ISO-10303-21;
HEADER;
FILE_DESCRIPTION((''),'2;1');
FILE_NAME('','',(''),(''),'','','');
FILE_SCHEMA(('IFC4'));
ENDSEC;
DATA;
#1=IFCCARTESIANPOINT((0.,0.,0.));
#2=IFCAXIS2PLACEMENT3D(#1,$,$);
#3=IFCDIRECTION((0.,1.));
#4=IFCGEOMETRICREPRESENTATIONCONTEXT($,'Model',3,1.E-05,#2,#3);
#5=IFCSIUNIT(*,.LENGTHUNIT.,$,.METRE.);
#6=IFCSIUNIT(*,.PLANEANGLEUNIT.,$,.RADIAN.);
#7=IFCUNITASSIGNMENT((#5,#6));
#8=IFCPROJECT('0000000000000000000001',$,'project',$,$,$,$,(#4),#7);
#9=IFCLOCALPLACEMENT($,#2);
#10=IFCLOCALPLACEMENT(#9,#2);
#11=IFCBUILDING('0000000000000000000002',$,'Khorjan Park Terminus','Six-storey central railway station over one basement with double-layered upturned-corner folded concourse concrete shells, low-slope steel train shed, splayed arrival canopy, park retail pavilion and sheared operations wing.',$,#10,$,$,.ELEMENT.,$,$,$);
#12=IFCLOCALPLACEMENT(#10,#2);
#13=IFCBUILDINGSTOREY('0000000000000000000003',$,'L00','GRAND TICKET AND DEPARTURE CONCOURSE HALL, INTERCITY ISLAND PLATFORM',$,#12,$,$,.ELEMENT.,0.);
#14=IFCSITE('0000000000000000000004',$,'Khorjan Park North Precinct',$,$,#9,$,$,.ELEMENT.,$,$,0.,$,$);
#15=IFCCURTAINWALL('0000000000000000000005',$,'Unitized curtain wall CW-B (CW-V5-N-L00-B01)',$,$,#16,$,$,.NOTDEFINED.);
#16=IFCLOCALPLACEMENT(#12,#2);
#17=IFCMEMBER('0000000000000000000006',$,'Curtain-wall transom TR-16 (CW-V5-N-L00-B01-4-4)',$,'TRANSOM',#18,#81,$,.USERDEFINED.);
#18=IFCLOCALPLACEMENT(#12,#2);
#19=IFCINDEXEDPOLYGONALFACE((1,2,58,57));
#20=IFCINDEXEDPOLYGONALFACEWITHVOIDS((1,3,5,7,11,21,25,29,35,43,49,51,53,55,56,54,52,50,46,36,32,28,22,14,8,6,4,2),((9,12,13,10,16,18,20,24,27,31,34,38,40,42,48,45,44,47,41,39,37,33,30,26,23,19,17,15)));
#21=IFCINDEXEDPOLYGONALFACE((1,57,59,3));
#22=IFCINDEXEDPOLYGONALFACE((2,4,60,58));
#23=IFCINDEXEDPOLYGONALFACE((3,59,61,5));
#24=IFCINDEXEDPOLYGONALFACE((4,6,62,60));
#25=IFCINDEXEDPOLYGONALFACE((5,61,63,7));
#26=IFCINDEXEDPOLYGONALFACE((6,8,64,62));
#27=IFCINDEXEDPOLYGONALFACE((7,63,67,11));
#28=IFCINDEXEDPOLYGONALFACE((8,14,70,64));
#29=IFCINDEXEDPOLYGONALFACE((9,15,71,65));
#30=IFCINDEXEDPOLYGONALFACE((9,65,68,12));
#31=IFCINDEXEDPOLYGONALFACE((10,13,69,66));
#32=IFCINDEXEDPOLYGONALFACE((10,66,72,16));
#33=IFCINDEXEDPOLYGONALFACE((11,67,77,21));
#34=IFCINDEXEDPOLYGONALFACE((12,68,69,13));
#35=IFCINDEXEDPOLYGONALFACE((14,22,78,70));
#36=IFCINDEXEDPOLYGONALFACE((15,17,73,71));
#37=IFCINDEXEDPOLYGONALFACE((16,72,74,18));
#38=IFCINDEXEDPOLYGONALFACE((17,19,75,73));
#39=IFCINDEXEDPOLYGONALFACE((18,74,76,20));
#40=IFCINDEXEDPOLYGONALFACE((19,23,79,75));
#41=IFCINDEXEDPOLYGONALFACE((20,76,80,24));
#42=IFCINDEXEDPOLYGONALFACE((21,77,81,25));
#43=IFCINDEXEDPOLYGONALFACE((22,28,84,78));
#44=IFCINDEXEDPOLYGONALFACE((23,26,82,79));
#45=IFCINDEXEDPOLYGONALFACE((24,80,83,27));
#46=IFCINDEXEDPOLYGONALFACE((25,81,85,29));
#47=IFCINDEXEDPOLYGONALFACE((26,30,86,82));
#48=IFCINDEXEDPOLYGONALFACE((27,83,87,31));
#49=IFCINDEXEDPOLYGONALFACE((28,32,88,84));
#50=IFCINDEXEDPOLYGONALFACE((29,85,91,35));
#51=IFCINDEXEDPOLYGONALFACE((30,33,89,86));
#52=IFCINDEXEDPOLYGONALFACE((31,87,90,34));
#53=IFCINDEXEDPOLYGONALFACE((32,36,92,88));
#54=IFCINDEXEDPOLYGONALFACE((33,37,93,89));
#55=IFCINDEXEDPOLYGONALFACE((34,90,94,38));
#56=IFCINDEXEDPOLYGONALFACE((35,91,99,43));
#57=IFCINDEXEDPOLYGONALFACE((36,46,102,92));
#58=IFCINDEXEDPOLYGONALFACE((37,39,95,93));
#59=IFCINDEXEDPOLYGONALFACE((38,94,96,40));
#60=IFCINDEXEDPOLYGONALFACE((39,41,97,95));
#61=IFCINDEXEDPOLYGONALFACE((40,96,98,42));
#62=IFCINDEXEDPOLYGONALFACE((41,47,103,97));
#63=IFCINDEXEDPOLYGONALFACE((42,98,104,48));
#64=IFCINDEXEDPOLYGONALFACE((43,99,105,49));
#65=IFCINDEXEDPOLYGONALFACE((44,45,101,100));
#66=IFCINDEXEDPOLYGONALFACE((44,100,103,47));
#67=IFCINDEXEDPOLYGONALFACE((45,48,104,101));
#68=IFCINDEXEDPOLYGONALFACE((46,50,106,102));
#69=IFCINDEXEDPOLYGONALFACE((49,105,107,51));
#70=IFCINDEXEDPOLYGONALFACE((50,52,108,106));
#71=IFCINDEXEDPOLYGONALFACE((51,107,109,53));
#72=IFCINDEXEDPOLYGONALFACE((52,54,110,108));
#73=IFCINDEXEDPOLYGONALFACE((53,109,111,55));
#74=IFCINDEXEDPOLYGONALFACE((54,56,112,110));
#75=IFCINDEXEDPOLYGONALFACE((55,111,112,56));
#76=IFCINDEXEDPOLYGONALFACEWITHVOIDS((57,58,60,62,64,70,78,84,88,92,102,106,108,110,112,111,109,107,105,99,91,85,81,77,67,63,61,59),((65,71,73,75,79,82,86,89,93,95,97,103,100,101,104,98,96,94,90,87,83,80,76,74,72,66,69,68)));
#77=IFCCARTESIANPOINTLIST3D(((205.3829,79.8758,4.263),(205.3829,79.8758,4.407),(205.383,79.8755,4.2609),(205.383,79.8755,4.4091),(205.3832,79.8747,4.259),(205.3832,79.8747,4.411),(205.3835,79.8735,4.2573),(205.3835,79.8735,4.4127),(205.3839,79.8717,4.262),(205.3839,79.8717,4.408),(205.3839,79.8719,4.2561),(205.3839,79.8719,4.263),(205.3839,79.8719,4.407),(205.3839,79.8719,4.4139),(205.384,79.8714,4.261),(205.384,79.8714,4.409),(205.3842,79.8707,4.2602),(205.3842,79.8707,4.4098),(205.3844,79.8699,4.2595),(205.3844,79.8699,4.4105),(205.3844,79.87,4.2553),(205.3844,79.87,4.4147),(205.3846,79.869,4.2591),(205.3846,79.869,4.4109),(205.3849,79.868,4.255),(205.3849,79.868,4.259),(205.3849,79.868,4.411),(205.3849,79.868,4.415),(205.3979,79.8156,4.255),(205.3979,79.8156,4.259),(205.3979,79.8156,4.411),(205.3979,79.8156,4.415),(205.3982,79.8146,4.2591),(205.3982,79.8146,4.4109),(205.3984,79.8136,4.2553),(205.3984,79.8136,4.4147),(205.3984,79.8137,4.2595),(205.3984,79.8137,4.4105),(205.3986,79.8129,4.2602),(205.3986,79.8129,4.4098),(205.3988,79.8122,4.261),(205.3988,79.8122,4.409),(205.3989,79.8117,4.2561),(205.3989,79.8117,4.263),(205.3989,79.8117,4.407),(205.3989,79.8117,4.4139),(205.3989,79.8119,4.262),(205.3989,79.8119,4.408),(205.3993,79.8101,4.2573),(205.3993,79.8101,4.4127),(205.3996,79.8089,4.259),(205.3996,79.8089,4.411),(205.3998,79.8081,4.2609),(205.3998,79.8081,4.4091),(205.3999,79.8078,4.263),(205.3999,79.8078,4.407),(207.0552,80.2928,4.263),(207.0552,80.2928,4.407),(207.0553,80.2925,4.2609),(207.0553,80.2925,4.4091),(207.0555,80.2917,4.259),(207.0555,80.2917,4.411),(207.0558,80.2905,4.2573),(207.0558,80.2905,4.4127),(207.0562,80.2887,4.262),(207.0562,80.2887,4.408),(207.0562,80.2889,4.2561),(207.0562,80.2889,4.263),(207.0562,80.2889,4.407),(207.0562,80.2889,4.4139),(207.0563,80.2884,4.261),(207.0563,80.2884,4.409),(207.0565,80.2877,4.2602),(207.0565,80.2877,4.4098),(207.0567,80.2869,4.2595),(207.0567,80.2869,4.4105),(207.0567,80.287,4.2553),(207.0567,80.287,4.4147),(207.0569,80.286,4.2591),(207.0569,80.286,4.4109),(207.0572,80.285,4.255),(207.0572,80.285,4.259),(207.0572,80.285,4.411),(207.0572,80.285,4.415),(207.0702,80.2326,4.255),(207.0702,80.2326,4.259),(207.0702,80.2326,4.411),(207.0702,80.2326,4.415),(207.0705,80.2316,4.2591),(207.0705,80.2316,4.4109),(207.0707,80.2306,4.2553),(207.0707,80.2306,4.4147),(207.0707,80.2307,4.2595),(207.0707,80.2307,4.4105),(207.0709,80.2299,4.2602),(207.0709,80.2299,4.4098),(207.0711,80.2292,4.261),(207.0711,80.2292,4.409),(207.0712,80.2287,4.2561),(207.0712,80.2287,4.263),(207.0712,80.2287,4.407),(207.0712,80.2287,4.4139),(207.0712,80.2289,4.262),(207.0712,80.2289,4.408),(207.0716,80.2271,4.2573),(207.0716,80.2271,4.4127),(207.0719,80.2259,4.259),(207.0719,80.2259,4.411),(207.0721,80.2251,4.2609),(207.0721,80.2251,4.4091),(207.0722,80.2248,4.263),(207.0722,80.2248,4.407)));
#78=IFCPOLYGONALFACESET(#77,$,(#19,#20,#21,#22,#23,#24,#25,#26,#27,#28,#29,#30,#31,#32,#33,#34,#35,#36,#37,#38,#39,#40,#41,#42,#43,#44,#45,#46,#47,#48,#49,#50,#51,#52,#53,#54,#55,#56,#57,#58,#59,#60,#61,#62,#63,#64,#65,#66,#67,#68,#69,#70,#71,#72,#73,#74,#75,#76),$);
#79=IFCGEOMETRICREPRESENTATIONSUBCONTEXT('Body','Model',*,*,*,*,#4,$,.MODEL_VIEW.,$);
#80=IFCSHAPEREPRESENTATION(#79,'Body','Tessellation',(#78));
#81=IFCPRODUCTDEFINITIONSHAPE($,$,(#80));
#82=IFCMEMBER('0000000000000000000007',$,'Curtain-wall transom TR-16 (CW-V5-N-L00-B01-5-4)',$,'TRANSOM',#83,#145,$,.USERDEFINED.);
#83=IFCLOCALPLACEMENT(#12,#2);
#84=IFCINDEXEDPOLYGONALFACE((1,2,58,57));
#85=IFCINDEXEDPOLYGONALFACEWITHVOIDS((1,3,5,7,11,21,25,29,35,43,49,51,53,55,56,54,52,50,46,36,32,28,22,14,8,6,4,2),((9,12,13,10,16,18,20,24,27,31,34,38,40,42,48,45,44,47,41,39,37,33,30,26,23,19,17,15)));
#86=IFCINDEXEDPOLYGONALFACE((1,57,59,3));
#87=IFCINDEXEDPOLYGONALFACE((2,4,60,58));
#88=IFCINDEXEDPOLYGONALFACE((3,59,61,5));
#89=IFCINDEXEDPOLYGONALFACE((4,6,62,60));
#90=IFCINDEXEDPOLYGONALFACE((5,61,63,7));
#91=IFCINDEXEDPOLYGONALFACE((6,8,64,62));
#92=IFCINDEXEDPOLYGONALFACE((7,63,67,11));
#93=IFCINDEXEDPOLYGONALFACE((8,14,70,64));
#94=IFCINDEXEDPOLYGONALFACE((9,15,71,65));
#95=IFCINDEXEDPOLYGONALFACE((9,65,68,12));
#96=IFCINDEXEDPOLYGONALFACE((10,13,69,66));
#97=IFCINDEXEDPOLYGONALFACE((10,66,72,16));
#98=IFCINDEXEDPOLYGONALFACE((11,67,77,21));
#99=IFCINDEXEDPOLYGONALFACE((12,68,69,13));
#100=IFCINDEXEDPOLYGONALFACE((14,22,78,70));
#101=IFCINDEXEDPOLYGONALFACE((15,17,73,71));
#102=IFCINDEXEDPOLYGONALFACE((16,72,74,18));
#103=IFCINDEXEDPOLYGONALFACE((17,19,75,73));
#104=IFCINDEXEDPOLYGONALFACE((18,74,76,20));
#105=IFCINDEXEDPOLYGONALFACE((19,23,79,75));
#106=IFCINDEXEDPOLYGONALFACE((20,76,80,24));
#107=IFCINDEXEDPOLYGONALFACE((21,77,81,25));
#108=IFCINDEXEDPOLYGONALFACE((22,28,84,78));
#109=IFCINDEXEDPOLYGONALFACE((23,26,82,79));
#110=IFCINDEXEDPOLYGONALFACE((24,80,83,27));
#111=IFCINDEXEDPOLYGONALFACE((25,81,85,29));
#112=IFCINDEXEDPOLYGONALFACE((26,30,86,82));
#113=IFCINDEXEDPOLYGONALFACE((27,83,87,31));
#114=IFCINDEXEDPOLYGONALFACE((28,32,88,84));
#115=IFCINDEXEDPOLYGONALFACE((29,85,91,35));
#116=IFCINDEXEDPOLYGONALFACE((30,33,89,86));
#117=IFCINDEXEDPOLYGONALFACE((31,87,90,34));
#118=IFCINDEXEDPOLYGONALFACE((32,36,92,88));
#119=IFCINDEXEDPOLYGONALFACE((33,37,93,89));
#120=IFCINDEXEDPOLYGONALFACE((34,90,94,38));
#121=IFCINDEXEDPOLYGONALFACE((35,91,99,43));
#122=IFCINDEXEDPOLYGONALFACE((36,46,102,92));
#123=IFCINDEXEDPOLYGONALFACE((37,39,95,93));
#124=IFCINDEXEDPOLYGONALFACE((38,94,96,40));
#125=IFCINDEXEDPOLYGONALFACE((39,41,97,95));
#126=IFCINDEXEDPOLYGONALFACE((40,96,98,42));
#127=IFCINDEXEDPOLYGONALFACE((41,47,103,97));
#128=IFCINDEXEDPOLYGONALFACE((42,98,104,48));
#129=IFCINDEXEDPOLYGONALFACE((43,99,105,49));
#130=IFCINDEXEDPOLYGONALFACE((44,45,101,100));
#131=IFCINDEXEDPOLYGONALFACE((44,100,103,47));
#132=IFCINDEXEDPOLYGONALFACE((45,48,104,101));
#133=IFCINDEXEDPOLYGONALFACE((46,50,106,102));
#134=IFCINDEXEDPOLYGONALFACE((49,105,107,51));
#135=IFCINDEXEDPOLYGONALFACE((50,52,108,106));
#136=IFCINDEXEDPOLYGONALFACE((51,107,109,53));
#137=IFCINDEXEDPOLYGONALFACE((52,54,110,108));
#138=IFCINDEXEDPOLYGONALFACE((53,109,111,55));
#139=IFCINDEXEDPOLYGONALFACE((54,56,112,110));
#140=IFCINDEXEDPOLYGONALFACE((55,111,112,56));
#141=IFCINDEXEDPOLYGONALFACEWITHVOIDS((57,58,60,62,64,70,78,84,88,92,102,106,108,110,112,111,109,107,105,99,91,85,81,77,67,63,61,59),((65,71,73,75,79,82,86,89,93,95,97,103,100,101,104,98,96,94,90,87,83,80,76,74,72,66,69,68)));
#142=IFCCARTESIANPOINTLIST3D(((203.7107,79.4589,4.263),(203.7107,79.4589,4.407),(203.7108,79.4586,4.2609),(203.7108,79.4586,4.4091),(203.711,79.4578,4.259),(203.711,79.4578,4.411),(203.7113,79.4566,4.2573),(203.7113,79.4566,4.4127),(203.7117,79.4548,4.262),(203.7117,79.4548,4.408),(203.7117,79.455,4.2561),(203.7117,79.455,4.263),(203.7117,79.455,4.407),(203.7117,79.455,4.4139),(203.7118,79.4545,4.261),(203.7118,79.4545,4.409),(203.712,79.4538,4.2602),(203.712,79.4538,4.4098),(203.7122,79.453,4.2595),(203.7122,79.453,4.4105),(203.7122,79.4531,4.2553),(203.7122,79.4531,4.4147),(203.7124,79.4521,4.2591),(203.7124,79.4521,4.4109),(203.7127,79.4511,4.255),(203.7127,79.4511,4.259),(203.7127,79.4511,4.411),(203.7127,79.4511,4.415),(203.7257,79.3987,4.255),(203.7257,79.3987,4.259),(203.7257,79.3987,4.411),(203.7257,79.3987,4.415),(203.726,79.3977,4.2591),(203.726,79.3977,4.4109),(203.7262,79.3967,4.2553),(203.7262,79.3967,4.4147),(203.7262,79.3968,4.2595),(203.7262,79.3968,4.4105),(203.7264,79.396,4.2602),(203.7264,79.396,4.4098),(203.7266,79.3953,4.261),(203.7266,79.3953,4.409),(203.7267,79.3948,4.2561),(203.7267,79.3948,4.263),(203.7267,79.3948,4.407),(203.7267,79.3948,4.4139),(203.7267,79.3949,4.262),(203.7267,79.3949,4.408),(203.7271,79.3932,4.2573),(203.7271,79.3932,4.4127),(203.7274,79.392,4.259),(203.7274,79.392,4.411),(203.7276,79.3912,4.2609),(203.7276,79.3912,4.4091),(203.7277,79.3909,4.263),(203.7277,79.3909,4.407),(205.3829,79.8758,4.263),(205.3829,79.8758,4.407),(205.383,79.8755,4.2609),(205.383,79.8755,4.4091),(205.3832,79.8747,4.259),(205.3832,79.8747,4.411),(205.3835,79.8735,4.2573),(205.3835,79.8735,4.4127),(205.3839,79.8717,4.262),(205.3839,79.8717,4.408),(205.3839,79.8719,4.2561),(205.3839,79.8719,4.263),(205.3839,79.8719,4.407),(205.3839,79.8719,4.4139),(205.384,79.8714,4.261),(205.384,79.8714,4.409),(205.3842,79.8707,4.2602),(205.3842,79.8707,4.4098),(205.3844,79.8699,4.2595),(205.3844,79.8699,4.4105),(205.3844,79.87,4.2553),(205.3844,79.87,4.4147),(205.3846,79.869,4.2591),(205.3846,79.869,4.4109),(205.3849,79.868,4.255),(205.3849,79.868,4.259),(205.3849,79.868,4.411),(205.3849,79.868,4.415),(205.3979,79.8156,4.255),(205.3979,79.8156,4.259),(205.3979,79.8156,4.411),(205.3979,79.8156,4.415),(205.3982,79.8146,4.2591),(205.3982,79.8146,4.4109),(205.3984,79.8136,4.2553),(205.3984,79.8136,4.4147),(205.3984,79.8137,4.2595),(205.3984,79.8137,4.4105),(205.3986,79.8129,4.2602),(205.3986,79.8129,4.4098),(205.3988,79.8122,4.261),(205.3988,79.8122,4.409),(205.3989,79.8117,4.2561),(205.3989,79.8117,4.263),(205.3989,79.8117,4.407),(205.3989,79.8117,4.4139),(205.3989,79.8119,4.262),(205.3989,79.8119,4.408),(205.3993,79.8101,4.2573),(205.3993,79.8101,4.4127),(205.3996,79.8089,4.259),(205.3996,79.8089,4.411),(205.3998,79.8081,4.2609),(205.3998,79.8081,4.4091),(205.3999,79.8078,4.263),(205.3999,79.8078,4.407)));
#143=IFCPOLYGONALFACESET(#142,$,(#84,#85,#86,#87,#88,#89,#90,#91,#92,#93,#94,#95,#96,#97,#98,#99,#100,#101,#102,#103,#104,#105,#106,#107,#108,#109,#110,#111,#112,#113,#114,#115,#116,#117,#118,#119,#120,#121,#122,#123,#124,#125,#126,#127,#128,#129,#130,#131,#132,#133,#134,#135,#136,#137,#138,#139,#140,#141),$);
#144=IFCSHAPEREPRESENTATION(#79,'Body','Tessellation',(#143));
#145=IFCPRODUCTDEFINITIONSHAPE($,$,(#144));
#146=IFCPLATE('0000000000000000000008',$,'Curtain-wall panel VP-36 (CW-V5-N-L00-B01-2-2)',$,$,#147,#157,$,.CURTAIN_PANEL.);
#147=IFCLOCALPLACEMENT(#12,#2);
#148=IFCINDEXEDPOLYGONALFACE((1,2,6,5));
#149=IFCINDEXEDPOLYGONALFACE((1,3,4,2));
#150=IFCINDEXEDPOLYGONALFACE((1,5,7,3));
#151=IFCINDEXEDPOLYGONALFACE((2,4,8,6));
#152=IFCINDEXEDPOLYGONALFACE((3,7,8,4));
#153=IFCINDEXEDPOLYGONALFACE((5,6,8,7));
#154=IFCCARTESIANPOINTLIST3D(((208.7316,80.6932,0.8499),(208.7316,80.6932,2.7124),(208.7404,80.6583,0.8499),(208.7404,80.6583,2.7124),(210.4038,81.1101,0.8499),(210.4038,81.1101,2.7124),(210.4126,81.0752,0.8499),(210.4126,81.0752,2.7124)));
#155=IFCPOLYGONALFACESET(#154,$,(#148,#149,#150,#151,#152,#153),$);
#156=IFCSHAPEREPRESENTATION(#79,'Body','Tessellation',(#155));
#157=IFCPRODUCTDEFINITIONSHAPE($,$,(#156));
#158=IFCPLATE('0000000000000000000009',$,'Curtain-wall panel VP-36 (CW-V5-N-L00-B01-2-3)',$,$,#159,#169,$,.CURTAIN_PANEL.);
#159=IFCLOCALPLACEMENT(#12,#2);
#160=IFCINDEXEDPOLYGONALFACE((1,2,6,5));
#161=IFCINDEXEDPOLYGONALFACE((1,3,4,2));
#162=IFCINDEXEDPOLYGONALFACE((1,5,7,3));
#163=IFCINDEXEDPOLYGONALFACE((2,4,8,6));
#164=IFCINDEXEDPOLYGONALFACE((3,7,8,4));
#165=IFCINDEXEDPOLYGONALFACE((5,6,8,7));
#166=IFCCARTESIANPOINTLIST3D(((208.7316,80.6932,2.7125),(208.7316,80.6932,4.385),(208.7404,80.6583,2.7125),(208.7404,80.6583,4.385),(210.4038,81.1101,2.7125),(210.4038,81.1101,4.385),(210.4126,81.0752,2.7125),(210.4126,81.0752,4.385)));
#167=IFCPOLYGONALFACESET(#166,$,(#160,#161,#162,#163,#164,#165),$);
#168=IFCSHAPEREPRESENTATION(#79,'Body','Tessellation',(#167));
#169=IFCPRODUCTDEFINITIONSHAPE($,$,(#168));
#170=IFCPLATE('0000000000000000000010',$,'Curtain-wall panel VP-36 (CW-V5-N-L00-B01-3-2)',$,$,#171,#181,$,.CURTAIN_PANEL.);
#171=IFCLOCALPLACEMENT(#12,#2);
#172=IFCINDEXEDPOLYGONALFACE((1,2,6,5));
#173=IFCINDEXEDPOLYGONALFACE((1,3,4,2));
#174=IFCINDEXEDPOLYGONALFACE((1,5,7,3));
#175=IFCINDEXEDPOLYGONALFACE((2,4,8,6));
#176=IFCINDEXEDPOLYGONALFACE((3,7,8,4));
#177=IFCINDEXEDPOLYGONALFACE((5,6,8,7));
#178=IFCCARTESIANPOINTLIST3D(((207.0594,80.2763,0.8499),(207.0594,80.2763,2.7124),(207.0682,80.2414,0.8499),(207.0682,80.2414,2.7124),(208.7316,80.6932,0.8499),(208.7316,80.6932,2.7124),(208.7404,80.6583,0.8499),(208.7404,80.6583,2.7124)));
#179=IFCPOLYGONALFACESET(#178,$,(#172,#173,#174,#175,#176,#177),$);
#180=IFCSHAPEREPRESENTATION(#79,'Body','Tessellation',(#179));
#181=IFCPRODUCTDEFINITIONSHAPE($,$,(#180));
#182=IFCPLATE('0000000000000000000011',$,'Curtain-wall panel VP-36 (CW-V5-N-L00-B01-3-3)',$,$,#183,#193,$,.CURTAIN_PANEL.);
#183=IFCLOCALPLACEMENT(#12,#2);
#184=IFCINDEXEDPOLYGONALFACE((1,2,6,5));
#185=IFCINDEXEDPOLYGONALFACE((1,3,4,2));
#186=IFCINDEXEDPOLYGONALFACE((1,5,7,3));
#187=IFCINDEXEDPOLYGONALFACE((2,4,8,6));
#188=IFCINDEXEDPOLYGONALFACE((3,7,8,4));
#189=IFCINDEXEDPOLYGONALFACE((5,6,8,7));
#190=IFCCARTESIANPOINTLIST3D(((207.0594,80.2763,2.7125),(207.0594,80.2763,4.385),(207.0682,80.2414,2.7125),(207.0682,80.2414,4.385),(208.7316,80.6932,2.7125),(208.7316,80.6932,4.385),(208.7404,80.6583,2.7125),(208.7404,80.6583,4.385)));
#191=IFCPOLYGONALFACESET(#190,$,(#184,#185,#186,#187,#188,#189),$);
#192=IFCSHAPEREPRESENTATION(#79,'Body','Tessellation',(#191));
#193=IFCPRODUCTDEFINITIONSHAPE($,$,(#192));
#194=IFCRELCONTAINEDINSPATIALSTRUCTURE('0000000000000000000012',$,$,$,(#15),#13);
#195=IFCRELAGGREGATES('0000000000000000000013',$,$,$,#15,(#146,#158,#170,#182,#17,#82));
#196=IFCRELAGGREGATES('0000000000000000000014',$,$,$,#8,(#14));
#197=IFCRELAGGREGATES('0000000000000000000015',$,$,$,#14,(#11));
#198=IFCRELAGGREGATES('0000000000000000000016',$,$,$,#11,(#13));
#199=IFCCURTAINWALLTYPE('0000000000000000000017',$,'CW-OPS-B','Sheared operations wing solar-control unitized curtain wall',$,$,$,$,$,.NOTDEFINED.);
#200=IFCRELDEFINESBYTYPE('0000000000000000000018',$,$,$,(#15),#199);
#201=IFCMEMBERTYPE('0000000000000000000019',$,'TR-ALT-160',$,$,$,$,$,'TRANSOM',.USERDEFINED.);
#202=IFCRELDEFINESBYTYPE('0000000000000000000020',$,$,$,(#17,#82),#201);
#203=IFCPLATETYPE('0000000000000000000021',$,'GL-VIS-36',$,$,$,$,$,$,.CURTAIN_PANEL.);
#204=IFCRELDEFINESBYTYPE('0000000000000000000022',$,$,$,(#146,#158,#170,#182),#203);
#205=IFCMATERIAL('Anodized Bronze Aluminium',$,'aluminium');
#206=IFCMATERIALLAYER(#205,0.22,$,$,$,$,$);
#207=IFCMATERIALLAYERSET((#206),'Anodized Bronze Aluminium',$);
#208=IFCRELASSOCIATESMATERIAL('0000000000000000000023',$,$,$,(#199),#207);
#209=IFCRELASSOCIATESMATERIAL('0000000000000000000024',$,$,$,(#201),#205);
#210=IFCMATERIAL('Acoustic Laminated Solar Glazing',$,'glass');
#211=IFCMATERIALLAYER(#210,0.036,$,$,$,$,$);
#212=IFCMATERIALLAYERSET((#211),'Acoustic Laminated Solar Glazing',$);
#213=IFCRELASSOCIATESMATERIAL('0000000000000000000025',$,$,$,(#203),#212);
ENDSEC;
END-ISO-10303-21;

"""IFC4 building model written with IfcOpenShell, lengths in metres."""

from ifc_helpers import new_model, si_unit, direction, frame, origin, origin_2d, place, context, subcontext, project, spatial, rectangle, hollow_rectangle, extrude, material, layer, layer_set, material_profile, profile_set, type_object, element, aggregate, save


model = new_model("IFC4")

# Units and contexts
model_context = context("Model", 3, precision=1e-05, world=origin(), true_north=direction((0.0, 1.0)))
body_context = subcontext(model_context, "Body", "Model", "MODEL_VIEW")
ifc_project = project(units=[si_unit("LENGTHUNIT", "METRE"), si_unit("PLANEANGLEUNIT", "RADIAN")], contexts=[model_context])

# Site, building, storey
site_placement = place(None, origin())
site = spatial("IfcSite", under=ifc_project, at=site_placement, Name="Khorjan Park North Precinct", CompositionType="ELEMENT", RefElevation=0.0)
building_placement = place(site_placement, origin())
building = spatial("IfcBuilding", under=site, at=building_placement, Name="Khorjan Park Terminus", Description="Six-storey central railway station over one basement with double-layered upturned-corner folded concourse concrete shells, low-slope steel train shed, splayed arrival canopy, park retail pavilion and sheared operations wing.", CompositionType="ELEMENT")
storey_placement = place(building_placement, origin())
storey = spatial("IfcBuildingStorey", under=building, at=storey_placement, Name="L00", Description="GRAND TICKET AND DEPARTURE CONCOURSE HALL, INTERCITY ISLAND PLATFORM", CompositionType="ELEMENT", Elevation=0.0)

# Curtain wall, members, plates
ifc_material_1 = material(Name="Anodized Bronze Aluminium", Category="aluminium")
ifc_layer_1 = layer(ifc_material_1, 0.22)
ifc_layer_set_1 = layer_set([ifc_layer_1], Name="Anodized Bronze Aluminium")
curtain_wall_type = type_object("IfcCurtainWallType", Name="CW-OPS-B", Description="Sheared operations wing solar-control unitized curtain wall", PredefinedType="NOTDEFINED", material=ifc_layer_set_1)
curtain_wall_placement = place(storey_placement, origin())
curtain_wall = element("IfcCurtainWall", 1, at=curtain_wall_placement, inside=storey, type_object=curtain_wall_type, Name="Unitized curtain wall CW-B (CW-V5-N-L00-B01)", PredefinedType="NOTDEFINED")
ifc_material_profile_1 = material_profile(ifc_material_1, hollow_rectangle(XDim=0.07, YDim=0.16, WallThickness=0.004, InnerFilletRadius=0.004, OuterFilletRadius=0.008, at=origin_2d()), Name="ALT 70x160x4")
ifc_profile_set_1 = profile_set([ifc_material_profile_1], Name="Anodized Bronze Aluminium")
member_type_1 = type_object("IfcMemberType", Name="TR-ALT-160", ElementType="TRANSOM", PredefinedType="USERDEFINED", material=ifc_profile_set_1)
member_1_placement = place(storey_placement, frame((207.0637, 80.2588, 4.335), z_axis=(-0.970289, -0.241949, 0.0), x_axis=(0.241949, -0.970289, 0.0)))
member_1 = element("IfcMember", 2, at=member_1_placement, type_object=member_type_1, Name="Curtain-wall transom TR-16 (CW-V5-N-L00-B01-4-4)", ObjectType="TRANSOM", PredefinedType="USERDEFINED", context=body_context, shape_type="SweptSolid", body=[
    extrude(hollow_rectangle(XDim=0.07, YDim=0.16, WallThickness=0.004, InnerFilletRadius=0.004, OuterFilletRadius=0.008, at=origin_2d()), origin(), (0.0, 0.0, 1.0), 1.7235),
])
member_2_placement = place(storey_placement, frame((205.3914, 79.8418, 4.335), z_axis=(-0.970299, -0.241908, 0.0), x_axis=(0.241908, -0.970299, 0.0)))
member_2 = element("IfcMember", 3, at=member_2_placement, type_object=member_type_1, Name="Curtain-wall transom TR-16 (CW-V5-N-L00-B01-5-4)", ObjectType="TRANSOM", PredefinedType="USERDEFINED", context=body_context, shape_type="SweptSolid", body=[
    extrude(hollow_rectangle(XDim=0.07, YDim=0.16, WallThickness=0.004, InnerFilletRadius=0.004, OuterFilletRadius=0.008, at=origin_2d()), origin(), (0.0, 0.0, 1.0), 1.7234),
])
ifc_material_2 = material(Name="Acoustic Laminated Solar Glazing", Category="glass")
ifc_layer_2 = layer(ifc_material_2, 0.036)
ifc_layer_set_2 = layer_set([ifc_layer_2], Name="Acoustic Laminated Solar Glazing")
plate_type_1 = type_object("IfcPlateType", Name="GL-VIS-36", PredefinedType="CURTAIN_PANEL", material=ifc_layer_set_2)
plate_1_placement = place(storey_placement, frame((209.5721, 80.8842, 0.8499), z_axis=(0.0, 0.0, 1.0), x_axis=(-0.970294, -0.241928, 0.0)))
plate_1 = element("IfcPlate", 4, at=plate_1_placement, type_object=plate_type_1, Name="Curtain-wall panel VP-36 (CW-V5-N-L00-B01-2-2)", PredefinedType="CURTAIN_PANEL", context=body_context, shape_type="SweptSolid", body=[
    extrude(rectangle(XDim=1.7234, YDim=0.036, at=origin_2d()), origin(), (0.0, 0.0, 1.0), 1.8625),
])
plate_2_placement = place(storey_placement, frame((209.5721, 80.8842, 2.7125), z_axis=(0.0, 0.0, 1.0), x_axis=(-0.970294, -0.241928, 0.0)))
plate_2 = element("IfcPlate", 5, at=plate_2_placement, type_object=plate_type_1, Name="Curtain-wall panel VP-36 (CW-V5-N-L00-B01-2-3)", PredefinedType="CURTAIN_PANEL", context=body_context, shape_type="SweptSolid", body=[
    extrude(rectangle(XDim=1.7234, YDim=0.036, at=origin_2d()), origin(), (0.0, 0.0, 1.0), 1.6725),
])
plate_3_placement = place(storey_placement, frame((207.8999, 80.4673, 0.8499), z_axis=(0.0, 0.0, 1.0), x_axis=(-0.970294, -0.241928, 0.0)))
plate_3 = element("IfcPlate", 6, at=plate_3_placement, type_object=plate_type_1, Name="Curtain-wall panel VP-36 (CW-V5-N-L00-B01-3-2)", PredefinedType="CURTAIN_PANEL", context=body_context, shape_type="SweptSolid", body=[
    extrude(rectangle(XDim=1.7234, YDim=0.036, at=origin_2d()), origin(), (0.0, 0.0, 1.0), 1.8625),
])
plate_4_placement = place(storey_placement, frame((207.8999, 80.4673, 2.7125), z_axis=(0.0, 0.0, 1.0), x_axis=(-0.970294, -0.241928, 0.0)))
plate_4 = element("IfcPlate", 7, at=plate_4_placement, type_object=plate_type_1, Name="Curtain-wall panel VP-36 (CW-V5-N-L00-B01-3-3)", PredefinedType="CURTAIN_PANEL", context=body_context, shape_type="SweptSolid", body=[
    extrude(rectangle(XDim=1.7234, YDim=0.036, at=origin_2d()), origin(), (0.0, 0.0, 1.0), 1.6725),
])
aggregate(curtain_wall, [plate_1, plate_2, plate_3, plate_4, member_1, member_2])

save(model, "model.ifc")
